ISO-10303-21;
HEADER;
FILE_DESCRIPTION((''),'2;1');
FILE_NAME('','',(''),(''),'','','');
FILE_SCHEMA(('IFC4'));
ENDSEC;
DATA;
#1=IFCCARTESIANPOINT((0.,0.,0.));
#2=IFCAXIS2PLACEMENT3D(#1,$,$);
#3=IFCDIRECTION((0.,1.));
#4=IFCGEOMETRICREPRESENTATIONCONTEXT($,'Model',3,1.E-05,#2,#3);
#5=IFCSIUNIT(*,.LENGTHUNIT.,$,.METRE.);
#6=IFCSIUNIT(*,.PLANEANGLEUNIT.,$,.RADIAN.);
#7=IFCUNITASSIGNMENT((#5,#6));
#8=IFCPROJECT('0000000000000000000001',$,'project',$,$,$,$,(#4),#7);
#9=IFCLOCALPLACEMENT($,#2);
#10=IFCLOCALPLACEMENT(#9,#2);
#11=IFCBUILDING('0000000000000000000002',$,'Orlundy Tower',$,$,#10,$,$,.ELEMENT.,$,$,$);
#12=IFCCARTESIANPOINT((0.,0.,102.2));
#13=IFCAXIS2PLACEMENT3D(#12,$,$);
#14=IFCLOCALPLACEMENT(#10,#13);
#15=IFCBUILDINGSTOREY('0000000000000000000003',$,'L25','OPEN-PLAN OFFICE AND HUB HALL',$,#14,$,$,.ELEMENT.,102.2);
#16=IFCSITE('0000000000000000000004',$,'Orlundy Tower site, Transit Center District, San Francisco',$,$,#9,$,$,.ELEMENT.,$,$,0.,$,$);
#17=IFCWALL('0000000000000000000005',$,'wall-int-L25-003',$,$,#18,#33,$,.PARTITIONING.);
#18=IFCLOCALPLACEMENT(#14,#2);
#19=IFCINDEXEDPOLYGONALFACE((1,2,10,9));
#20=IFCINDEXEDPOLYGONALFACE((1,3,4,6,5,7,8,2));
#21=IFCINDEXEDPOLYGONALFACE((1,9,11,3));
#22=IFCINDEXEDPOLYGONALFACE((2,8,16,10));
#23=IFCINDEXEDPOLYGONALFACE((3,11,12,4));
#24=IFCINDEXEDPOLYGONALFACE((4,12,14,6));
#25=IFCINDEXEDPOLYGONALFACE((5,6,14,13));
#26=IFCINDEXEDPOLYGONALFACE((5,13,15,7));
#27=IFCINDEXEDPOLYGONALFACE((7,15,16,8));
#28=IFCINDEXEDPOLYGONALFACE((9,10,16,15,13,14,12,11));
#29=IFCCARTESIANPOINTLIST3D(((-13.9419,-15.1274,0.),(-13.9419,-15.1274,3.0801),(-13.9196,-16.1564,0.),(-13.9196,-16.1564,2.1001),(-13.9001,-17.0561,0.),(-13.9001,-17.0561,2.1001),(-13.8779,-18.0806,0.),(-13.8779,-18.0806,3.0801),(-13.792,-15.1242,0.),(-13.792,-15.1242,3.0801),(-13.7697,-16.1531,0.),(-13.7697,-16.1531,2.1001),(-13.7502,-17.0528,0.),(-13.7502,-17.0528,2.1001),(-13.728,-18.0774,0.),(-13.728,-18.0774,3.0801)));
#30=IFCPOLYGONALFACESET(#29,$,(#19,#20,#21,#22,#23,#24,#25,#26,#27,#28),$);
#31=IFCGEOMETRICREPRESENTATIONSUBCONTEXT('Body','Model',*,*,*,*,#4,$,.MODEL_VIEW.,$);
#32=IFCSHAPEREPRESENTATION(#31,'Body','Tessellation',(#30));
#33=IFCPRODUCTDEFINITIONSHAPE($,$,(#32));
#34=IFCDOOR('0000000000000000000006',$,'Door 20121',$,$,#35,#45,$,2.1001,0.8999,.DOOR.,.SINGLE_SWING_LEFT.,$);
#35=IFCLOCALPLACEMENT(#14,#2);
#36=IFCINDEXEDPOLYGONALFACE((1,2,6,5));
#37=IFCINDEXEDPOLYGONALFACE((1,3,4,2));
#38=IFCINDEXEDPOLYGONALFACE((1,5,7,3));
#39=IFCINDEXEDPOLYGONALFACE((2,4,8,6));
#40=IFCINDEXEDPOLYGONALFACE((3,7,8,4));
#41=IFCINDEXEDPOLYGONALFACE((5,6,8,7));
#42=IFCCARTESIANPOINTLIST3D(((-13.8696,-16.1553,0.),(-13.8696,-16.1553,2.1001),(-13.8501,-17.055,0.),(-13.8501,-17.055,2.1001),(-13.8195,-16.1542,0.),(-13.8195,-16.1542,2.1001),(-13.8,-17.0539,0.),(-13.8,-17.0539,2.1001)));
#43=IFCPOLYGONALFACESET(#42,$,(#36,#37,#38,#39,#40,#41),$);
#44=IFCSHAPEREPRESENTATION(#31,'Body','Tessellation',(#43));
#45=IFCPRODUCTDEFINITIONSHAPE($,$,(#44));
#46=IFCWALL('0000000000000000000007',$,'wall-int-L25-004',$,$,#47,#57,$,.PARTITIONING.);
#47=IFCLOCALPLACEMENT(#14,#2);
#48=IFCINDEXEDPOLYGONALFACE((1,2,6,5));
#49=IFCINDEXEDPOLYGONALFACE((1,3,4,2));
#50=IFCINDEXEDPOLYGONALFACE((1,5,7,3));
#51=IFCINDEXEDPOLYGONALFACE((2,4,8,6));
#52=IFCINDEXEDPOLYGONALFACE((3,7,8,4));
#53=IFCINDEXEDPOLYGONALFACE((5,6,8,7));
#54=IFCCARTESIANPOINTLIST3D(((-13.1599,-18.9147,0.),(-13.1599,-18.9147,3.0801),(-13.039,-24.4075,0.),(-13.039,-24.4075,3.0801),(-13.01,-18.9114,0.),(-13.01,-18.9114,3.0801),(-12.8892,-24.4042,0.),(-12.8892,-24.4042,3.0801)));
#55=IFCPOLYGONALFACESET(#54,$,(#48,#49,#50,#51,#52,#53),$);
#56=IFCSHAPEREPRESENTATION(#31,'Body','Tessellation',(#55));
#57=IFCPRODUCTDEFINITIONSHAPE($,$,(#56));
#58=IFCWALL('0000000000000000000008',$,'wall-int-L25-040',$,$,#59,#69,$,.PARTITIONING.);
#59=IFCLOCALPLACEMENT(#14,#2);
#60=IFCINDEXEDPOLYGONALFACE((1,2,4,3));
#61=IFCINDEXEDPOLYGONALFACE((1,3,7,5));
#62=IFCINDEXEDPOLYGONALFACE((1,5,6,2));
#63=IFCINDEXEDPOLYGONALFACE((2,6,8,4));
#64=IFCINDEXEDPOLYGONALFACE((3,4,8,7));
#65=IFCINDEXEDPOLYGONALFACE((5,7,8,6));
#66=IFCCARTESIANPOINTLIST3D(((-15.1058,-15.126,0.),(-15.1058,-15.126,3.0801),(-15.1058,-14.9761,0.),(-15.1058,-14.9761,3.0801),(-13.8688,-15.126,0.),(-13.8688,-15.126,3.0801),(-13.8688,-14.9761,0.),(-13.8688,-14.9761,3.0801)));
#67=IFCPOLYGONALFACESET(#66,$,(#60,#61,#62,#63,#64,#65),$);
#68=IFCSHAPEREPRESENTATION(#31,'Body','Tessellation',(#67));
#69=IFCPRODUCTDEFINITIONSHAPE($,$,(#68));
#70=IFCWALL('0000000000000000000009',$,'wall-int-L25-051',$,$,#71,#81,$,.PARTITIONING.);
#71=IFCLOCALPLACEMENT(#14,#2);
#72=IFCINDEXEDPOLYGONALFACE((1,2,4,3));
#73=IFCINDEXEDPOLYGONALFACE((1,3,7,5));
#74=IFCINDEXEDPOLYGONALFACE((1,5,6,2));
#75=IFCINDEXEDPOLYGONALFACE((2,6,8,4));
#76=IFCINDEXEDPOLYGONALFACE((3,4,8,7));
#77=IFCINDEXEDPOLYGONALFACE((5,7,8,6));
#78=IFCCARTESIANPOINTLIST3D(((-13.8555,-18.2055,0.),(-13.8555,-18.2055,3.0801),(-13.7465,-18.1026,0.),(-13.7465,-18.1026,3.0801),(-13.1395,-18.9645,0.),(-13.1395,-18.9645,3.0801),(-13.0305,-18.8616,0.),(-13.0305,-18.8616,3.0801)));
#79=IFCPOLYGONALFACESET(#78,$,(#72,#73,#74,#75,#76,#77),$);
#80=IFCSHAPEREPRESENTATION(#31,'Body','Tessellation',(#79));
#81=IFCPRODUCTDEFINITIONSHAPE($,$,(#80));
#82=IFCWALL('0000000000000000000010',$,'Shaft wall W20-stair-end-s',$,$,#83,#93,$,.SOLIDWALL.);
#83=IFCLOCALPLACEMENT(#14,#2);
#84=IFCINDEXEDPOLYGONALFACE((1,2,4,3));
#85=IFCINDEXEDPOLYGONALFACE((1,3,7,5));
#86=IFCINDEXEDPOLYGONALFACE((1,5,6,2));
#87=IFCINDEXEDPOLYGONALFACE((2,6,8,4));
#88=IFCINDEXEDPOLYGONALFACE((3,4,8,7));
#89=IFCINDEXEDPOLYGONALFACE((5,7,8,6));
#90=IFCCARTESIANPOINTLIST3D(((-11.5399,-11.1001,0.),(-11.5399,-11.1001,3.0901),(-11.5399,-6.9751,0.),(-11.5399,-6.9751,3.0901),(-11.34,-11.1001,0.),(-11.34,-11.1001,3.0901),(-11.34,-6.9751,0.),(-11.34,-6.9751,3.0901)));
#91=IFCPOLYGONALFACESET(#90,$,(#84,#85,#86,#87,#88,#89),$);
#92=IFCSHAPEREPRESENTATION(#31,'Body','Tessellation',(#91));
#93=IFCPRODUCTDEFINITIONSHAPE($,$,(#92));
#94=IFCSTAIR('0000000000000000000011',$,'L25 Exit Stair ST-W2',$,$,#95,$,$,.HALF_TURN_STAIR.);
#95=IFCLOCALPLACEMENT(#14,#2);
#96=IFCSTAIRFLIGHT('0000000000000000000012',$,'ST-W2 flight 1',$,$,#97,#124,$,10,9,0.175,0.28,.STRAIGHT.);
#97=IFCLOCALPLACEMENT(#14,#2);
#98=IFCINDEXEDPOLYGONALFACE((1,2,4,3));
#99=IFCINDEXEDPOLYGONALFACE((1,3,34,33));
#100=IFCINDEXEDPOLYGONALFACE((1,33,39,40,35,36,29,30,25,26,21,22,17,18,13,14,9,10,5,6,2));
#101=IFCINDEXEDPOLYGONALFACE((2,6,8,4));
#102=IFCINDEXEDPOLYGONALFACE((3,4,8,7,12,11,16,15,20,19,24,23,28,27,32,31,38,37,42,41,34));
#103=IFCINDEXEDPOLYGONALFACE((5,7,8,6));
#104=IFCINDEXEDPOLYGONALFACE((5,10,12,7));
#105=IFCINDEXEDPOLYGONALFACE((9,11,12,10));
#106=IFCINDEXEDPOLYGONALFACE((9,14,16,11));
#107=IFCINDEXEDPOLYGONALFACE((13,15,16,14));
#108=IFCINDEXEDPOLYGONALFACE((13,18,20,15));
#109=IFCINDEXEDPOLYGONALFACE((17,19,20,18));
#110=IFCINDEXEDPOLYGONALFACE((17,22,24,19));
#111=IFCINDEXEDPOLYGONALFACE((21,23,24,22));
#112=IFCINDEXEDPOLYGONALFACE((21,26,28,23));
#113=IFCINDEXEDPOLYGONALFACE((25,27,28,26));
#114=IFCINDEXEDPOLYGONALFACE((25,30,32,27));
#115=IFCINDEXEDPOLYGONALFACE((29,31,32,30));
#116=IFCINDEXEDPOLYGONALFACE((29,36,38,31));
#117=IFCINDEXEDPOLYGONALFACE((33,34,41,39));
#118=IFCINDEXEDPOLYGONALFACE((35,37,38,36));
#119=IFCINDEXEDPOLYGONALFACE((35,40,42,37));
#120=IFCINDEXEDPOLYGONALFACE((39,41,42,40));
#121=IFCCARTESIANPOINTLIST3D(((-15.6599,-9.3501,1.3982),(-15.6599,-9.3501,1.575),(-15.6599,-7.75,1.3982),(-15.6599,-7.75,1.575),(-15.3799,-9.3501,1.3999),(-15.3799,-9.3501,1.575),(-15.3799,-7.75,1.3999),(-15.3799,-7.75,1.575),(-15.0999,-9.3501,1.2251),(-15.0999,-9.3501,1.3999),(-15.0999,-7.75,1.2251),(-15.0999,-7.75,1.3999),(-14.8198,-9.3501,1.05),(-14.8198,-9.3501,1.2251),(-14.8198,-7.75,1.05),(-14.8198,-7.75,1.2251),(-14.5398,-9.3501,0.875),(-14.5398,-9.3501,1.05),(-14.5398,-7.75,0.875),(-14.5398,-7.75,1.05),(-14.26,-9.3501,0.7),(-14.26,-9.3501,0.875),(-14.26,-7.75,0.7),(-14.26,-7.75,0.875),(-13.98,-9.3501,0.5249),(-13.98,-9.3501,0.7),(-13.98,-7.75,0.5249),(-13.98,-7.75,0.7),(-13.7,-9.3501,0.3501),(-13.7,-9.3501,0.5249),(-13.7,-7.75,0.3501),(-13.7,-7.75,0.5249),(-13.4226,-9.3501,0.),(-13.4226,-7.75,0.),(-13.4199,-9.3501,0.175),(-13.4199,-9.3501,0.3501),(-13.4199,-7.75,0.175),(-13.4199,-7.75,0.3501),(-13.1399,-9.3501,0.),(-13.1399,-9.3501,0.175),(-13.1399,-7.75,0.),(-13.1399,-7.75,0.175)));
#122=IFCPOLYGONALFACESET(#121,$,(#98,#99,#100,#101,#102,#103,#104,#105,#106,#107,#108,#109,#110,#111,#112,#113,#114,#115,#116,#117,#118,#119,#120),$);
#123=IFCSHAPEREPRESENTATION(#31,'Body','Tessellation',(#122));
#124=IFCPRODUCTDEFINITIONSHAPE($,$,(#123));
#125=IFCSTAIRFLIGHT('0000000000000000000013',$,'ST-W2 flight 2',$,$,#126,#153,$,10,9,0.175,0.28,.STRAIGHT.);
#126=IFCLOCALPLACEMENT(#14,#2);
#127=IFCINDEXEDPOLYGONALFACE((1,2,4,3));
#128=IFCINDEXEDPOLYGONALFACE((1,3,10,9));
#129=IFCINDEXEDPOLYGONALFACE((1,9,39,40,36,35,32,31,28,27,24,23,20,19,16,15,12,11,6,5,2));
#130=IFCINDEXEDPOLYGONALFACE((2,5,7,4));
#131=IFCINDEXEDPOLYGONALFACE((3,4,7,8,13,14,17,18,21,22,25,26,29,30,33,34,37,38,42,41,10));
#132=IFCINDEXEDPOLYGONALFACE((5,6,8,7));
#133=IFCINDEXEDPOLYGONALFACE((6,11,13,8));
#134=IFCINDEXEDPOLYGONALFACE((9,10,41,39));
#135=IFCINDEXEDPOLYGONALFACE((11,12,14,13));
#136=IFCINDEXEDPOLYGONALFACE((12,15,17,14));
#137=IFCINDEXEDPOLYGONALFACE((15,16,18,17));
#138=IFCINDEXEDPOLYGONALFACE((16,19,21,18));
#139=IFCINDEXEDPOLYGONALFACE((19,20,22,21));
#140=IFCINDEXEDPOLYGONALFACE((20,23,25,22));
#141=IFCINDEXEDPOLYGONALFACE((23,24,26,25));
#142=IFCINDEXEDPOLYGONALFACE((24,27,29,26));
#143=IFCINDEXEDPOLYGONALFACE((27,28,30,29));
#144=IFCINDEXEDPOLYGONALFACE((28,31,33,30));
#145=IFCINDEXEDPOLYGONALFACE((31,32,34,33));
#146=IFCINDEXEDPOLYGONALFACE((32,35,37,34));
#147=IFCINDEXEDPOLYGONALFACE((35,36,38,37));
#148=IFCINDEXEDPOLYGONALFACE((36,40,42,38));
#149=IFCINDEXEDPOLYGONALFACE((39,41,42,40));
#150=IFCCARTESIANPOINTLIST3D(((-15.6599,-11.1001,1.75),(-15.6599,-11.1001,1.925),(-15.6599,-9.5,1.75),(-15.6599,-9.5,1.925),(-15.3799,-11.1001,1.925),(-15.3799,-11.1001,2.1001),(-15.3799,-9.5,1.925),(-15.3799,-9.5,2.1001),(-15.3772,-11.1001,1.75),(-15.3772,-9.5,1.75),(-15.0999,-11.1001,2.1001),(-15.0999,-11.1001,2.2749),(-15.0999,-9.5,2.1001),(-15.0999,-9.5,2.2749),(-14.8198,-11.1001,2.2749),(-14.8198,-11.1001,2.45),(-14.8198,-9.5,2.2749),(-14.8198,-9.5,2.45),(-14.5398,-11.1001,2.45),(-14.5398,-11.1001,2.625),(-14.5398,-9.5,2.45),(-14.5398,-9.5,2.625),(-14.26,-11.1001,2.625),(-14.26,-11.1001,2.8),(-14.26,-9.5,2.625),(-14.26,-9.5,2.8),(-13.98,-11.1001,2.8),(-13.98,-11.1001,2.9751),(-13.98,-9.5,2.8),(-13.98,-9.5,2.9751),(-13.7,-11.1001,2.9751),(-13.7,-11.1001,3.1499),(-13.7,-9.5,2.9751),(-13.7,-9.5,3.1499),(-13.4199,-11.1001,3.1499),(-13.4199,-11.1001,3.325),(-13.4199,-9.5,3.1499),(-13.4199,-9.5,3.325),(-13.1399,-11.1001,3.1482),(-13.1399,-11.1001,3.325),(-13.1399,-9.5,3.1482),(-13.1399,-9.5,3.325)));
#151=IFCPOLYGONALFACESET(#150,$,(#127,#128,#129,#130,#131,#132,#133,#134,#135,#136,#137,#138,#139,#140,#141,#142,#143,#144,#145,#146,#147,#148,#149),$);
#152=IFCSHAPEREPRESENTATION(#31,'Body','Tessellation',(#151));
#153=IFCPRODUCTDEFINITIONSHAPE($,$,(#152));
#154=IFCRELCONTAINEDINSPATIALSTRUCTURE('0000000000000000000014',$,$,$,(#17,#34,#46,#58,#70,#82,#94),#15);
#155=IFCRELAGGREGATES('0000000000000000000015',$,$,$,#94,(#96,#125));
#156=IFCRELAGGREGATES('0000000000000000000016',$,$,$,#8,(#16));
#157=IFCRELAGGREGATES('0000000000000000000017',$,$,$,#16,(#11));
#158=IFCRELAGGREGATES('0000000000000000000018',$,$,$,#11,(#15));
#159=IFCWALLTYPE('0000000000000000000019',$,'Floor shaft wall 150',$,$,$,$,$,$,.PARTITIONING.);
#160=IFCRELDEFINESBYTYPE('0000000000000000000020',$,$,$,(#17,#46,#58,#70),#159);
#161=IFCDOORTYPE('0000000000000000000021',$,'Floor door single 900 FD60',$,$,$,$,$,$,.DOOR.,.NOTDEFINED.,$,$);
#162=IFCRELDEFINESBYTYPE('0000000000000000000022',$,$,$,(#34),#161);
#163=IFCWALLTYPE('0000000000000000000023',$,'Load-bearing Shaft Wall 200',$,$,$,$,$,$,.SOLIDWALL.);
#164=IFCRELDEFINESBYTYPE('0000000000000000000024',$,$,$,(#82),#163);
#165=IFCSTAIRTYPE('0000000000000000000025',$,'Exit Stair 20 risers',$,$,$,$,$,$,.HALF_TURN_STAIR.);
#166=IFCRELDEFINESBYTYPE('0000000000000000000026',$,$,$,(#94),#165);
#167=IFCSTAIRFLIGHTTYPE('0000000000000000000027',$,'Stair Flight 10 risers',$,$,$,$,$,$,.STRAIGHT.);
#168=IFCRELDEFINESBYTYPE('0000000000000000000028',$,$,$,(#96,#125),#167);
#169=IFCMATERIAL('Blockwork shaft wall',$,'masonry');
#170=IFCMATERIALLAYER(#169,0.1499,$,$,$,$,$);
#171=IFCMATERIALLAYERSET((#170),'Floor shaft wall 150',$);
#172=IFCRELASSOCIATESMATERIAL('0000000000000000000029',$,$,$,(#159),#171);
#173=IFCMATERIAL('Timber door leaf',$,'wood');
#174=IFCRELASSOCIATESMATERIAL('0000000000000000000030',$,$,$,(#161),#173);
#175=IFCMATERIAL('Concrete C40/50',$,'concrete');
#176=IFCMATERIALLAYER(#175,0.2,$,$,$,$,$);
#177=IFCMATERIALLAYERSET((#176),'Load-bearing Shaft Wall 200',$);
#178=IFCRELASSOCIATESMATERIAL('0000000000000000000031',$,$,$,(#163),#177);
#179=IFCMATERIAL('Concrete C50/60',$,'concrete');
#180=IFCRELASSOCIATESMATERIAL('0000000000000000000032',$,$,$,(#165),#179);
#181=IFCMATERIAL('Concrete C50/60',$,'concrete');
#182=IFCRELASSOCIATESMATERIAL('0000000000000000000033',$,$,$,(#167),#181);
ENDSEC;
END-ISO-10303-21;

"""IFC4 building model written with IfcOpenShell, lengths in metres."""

from ifc_helpers import new_model, si_unit, direction, frame, frame_2d, origin, place, context, subcontext, project, spatial, polyline, rectangle, outline, extrude, material, layer, layer_set, type_object, element, fill, aggregate, save


model = new_model("IFC4")

# Units and contexts
model_context = context("Model", 3, precision=1e-05, world=origin(), true_north=direction((0.0, 1.0)))
body_context = subcontext(model_context, "Body", "Model", "MODEL_VIEW")
ifc_project = project(units=[si_unit("LENGTHUNIT", "METRE"), si_unit("PLANEANGLEUNIT", "RADIAN")], contexts=[model_context])

# Site, building, storey
site_placement = place(None, origin())
site = spatial("IfcSite", under=ifc_project, at=site_placement, Name="Orlundy Tower site, Transit Center District, San Francisco", CompositionType="ELEMENT", RefElevation=0.0)
building_placement = place(site_placement, origin())
building = spatial("IfcBuilding", under=site, at=building_placement, Name="Orlundy Tower", CompositionType="ELEMENT")
storey_placement = place(building_placement, frame((0.0, 0.0, 102.2)))
storey = spatial("IfcBuildingStorey", under=building, at=storey_placement, Name="L25", Description="OPEN-PLAN OFFICE AND HUB HALL", CompositionType="ELEMENT", Elevation=102.2)

# Wall, opening, door
ifc_material_1 = material(Name="Blockwork shaft wall", Category="masonry")
ifc_layer_1 = layer(ifc_material_1, 0.1499)
ifc_layer_set_1 = layer_set([ifc_layer_1], Name="Floor shaft wall 150")
wall_type_1 = type_object("IfcWallType", Name="Floor shaft wall 150", PredefinedType="PARTITIONING", material=ifc_layer_set_1)
wall_1_placement = place(storey_placement, frame((-13.803, -18.0791, 0.0), z_axis=(0.0, 0.0, 1.0), x_axis=(-0.021655, 0.999766, 0.0)))
wall_1 = element("IfcWall", 1, at=wall_1_placement, inside=storey, type_object=wall_type_1, Name="wall-int-L25-003", PredefinedType="PARTITIONING", context=body_context, shape_type="SweptSolid", body=[
    extrude(rectangle(XDim=2.9539, YDim=0.1499, at=frame_2d((1.4771, 0.0))), origin(), (0.0, 0.0, 1.0), 3.0801),
])
opening_1_placement = place(wall_1_placement, frame((1.0249, 0.0, 0.0)))
opening_1 = element("IfcOpeningElement", 2, at=opening_1_placement, cuts=wall_1, PredefinedType="OPENING", context=body_context, shape_type="SweptSolid", body=[
    extrude(rectangle(XDim=0.8999, YDim=2.1001, at=frame_2d((0.45, 1.05))), frame((0.0, 0.085, 0.0), z_axis=(0.0, -1.0, 0.0), x_axis=(1.0, 0.0, 0.0)), (0.0, 0.0, 1.0), 0.1699),
])
ifc_material_2 = material(Name="Timber door leaf", Category="wood")
door_type_1 = type_object("IfcDoorType", Name="Floor door single 900 FD60", OperationType="NOTDEFINED", PredefinedType="DOOR", material=ifc_material_2)
door_1_placement = place(opening_1_placement, origin())
door_1 = element("IfcDoor", 3, at=door_1_placement, inside=storey, type_object=door_type_1, Name="Door 20121", OperationType="SINGLE_SWING_LEFT", OverallHeight=2.1001, OverallWidth=0.8999, PredefinedType="DOOR", context=body_context, shape_type="SweptSolid", body=[
    extrude(rectangle(XDim=0.8999, YDim=2.1001, at=frame_2d((0.45, 1.05))), frame((0.0, 0.0249, 0.0), z_axis=(0.0, -1.0, 0.0), x_axis=(1.0, 0.0, 0.0)), (0.0, 0.0, 1.0), 0.05),
])
fill(opening_1, door_1)

# Walls
wall_2_placement = place(storey_placement, frame((-13.085, -18.9131, 0.0), z_axis=(0.0, 0.0, 1.0), x_axis=(0.021996, -0.999758, 0.0)))
element("IfcWall", 4, at=wall_2_placement, inside=storey, type_object=wall_type_1, Name="wall-int-L25-004", PredefinedType="PARTITIONING", context=body_context, shape_type="SweptSolid", body=[
    extrude(rectangle(XDim=5.4941, YDim=0.1499, at=frame_2d((2.7471, 0.0))), origin(), (0.0, 0.0, 1.0), 3.0801),
])
wall_3_placement = place(storey_placement, frame((-15.106, -15.051, 0.0), z_axis=(0.0, 0.0, 1.0), x_axis=(1.0, 0.0, 0.0)))
element("IfcWall", 5, at=wall_3_placement, inside=storey, type_object=wall_type_1, Name="wall-int-L25-040", PredefinedType="PARTITIONING", context=body_context, shape_type="SweptSolid", body=[
    extrude(rectangle(XDim=1.2371, YDim=0.1499, at=frame_2d((0.6187, 0.0))), origin(), (0.0, 0.0, 1.0), 3.0801),
])
wall_4_placement = place(storey_placement, frame((-13.801, -18.1541, 0.0), z_axis=(0.0, 0.0, 1.0), x_axis=(0.686218, -0.727396, 0.0)))
element("IfcWall", 6, at=wall_4_placement, inside=storey, type_object=wall_type_1, Name="wall-int-L25-051", PredefinedType="PARTITIONING", context=body_context, shape_type="SweptSolid", body=[
    extrude(rectangle(XDim=1.0435, YDim=0.1499, at=frame_2d((0.5217, 0.0))), origin(), (0.0, 0.0, 1.0), 3.0801),
])
ifc_material_3 = material(Name="Concrete C40/50", Category="concrete")
ifc_layer_2 = layer(ifc_material_3, 0.2)
ifc_layer_set_2 = layer_set([ifc_layer_2], Name="Load-bearing Shaft Wall 200")
wall_type_2 = type_object("IfcWallType", Name="Load-bearing Shaft Wall 200", PredefinedType="SOLIDWALL", material=ifc_layer_set_2)
wall_5_placement = place(storey_placement, frame((-11.4399, -11.1001, 0.0), z_axis=(0.0, 0.0, 1.0), x_axis=(0.0, 1.0, 0.0)))
element("IfcWall", 7, at=wall_5_placement, inside=storey, type_object=wall_type_2, Name="Shaft wall W20-stair-end-s", PredefinedType="SOLIDWALL", context=body_context, shape_type="SweptSolid", body=[
    extrude(rectangle(XDim=4.125, YDim=0.2, at=frame_2d((2.0625, 0.0))), origin(), (0.0, 0.0, 1.0), 3.0901),
])

# Stair, stair flights
ifc_material_4 = material(Name="Concrete C50/60", Category="concrete")
stair_type = type_object("IfcStairType", Name="Exit Stair 20 risers", PredefinedType="HALF_TURN_STAIR", material=ifc_material_4)
stair_placement = place(storey_placement, origin())
stair = element("IfcStair", 8, at=stair_placement, inside=storey, type_object=stair_type, Name="L25 Exit Stair ST-W2", PredefinedType="HALF_TURN_STAIR")
ifc_material_5 = material(Name="Concrete C50/60", Category="concrete")
stair_flight_type = type_object("IfcStairFlightType", Name="Stair Flight 10 risers", PredefinedType="STRAIGHT", material=ifc_material_5)
stair_flight_1_placement = place(storey_placement, frame((-13.1399, -8.55, 0.0), z_axis=(0.0, 0.0, 1.0), x_axis=(-1.0, 0.0, 0.0)))
stair_flight_1 = element("IfcStairFlight", 9, at=stair_flight_1_placement, type_object=stair_flight_type, Name="ST-W2 flight 1", NumberOfRisers=10, NumberOfTreads=9, PredefinedType="STRAIGHT", RiserHeight=0.175, TreadLength=0.28, context=body_context, shape_type="SweptSolid", body=[
    extrude(outline(polyline([(0.0, 0.0), (0.0, 0.175), (0.28, 0.175), (0.28, 0.3501), (0.5601, 0.3501), (0.5601, 0.5249), (0.8401, 0.5249), (0.8401, 0.7), (1.1201, 0.7), (1.1201, 0.875), (1.3999, 0.875), (1.3999, 1.05), (1.6799, 1.05), (1.6799, 1.2251), (1.96, 1.2251), (1.96, 1.3999), (2.24, 1.3999), (2.24, 1.575), (2.52, 1.575), (2.52, 1.75), (2.52, 1.3982), (0.2827, 0.0), (0.0, 0.0)])), frame((0.0, 0.8, 0.0), z_axis=(0.0, -1.0, 0.0), x_axis=(1.0, 0.0, 0.0)), (0.0, 0.0, 1.0), 1.6001),
])
stair_flight_2_placement = place(storey_placement, frame((-15.6599, -10.3, 1.75), z_axis=(0.0, 0.0, 1.0), x_axis=(1.0, 0.0, 0.0)))
stair_flight_2 = element("IfcStairFlight", 10, at=stair_flight_2_placement, type_object=stair_flight_type, Name="ST-W2 flight 2", NumberOfRisers=10, NumberOfTreads=9, PredefinedType="STRAIGHT", RiserHeight=0.175, TreadLength=0.28, context=body_context, shape_type="SweptSolid", body=[
    extrude(outline(polyline([(0.0, 0.0), (0.0, 0.175), (0.28, 0.175), (0.28, 0.3501), (0.5601, 0.3501), (0.5601, 0.5249), (0.8401, 0.5249), (0.8401, 0.7), (1.1201, 0.7), (1.1201, 0.875), (1.3999, 0.875), (1.3999, 1.05), (1.6799, 1.05), (1.6799, 1.2251), (1.96, 1.2251), (1.96, 1.3999), (2.24, 1.3999), (2.24, 1.575), (2.52, 1.575), (2.52, 1.75), (2.52, 1.3982), (0.2827, 0.0), (0.0, 0.0)])), frame((0.0, 0.8, 0.0), z_axis=(0.0, -1.0, 0.0), x_axis=(1.0, 0.0, 0.0)), (0.0, 0.0, 1.0), 1.6001),
])
aggregate(stair, [stair_flight_1, stair_flight_2])

save(model, "model.ifc")
